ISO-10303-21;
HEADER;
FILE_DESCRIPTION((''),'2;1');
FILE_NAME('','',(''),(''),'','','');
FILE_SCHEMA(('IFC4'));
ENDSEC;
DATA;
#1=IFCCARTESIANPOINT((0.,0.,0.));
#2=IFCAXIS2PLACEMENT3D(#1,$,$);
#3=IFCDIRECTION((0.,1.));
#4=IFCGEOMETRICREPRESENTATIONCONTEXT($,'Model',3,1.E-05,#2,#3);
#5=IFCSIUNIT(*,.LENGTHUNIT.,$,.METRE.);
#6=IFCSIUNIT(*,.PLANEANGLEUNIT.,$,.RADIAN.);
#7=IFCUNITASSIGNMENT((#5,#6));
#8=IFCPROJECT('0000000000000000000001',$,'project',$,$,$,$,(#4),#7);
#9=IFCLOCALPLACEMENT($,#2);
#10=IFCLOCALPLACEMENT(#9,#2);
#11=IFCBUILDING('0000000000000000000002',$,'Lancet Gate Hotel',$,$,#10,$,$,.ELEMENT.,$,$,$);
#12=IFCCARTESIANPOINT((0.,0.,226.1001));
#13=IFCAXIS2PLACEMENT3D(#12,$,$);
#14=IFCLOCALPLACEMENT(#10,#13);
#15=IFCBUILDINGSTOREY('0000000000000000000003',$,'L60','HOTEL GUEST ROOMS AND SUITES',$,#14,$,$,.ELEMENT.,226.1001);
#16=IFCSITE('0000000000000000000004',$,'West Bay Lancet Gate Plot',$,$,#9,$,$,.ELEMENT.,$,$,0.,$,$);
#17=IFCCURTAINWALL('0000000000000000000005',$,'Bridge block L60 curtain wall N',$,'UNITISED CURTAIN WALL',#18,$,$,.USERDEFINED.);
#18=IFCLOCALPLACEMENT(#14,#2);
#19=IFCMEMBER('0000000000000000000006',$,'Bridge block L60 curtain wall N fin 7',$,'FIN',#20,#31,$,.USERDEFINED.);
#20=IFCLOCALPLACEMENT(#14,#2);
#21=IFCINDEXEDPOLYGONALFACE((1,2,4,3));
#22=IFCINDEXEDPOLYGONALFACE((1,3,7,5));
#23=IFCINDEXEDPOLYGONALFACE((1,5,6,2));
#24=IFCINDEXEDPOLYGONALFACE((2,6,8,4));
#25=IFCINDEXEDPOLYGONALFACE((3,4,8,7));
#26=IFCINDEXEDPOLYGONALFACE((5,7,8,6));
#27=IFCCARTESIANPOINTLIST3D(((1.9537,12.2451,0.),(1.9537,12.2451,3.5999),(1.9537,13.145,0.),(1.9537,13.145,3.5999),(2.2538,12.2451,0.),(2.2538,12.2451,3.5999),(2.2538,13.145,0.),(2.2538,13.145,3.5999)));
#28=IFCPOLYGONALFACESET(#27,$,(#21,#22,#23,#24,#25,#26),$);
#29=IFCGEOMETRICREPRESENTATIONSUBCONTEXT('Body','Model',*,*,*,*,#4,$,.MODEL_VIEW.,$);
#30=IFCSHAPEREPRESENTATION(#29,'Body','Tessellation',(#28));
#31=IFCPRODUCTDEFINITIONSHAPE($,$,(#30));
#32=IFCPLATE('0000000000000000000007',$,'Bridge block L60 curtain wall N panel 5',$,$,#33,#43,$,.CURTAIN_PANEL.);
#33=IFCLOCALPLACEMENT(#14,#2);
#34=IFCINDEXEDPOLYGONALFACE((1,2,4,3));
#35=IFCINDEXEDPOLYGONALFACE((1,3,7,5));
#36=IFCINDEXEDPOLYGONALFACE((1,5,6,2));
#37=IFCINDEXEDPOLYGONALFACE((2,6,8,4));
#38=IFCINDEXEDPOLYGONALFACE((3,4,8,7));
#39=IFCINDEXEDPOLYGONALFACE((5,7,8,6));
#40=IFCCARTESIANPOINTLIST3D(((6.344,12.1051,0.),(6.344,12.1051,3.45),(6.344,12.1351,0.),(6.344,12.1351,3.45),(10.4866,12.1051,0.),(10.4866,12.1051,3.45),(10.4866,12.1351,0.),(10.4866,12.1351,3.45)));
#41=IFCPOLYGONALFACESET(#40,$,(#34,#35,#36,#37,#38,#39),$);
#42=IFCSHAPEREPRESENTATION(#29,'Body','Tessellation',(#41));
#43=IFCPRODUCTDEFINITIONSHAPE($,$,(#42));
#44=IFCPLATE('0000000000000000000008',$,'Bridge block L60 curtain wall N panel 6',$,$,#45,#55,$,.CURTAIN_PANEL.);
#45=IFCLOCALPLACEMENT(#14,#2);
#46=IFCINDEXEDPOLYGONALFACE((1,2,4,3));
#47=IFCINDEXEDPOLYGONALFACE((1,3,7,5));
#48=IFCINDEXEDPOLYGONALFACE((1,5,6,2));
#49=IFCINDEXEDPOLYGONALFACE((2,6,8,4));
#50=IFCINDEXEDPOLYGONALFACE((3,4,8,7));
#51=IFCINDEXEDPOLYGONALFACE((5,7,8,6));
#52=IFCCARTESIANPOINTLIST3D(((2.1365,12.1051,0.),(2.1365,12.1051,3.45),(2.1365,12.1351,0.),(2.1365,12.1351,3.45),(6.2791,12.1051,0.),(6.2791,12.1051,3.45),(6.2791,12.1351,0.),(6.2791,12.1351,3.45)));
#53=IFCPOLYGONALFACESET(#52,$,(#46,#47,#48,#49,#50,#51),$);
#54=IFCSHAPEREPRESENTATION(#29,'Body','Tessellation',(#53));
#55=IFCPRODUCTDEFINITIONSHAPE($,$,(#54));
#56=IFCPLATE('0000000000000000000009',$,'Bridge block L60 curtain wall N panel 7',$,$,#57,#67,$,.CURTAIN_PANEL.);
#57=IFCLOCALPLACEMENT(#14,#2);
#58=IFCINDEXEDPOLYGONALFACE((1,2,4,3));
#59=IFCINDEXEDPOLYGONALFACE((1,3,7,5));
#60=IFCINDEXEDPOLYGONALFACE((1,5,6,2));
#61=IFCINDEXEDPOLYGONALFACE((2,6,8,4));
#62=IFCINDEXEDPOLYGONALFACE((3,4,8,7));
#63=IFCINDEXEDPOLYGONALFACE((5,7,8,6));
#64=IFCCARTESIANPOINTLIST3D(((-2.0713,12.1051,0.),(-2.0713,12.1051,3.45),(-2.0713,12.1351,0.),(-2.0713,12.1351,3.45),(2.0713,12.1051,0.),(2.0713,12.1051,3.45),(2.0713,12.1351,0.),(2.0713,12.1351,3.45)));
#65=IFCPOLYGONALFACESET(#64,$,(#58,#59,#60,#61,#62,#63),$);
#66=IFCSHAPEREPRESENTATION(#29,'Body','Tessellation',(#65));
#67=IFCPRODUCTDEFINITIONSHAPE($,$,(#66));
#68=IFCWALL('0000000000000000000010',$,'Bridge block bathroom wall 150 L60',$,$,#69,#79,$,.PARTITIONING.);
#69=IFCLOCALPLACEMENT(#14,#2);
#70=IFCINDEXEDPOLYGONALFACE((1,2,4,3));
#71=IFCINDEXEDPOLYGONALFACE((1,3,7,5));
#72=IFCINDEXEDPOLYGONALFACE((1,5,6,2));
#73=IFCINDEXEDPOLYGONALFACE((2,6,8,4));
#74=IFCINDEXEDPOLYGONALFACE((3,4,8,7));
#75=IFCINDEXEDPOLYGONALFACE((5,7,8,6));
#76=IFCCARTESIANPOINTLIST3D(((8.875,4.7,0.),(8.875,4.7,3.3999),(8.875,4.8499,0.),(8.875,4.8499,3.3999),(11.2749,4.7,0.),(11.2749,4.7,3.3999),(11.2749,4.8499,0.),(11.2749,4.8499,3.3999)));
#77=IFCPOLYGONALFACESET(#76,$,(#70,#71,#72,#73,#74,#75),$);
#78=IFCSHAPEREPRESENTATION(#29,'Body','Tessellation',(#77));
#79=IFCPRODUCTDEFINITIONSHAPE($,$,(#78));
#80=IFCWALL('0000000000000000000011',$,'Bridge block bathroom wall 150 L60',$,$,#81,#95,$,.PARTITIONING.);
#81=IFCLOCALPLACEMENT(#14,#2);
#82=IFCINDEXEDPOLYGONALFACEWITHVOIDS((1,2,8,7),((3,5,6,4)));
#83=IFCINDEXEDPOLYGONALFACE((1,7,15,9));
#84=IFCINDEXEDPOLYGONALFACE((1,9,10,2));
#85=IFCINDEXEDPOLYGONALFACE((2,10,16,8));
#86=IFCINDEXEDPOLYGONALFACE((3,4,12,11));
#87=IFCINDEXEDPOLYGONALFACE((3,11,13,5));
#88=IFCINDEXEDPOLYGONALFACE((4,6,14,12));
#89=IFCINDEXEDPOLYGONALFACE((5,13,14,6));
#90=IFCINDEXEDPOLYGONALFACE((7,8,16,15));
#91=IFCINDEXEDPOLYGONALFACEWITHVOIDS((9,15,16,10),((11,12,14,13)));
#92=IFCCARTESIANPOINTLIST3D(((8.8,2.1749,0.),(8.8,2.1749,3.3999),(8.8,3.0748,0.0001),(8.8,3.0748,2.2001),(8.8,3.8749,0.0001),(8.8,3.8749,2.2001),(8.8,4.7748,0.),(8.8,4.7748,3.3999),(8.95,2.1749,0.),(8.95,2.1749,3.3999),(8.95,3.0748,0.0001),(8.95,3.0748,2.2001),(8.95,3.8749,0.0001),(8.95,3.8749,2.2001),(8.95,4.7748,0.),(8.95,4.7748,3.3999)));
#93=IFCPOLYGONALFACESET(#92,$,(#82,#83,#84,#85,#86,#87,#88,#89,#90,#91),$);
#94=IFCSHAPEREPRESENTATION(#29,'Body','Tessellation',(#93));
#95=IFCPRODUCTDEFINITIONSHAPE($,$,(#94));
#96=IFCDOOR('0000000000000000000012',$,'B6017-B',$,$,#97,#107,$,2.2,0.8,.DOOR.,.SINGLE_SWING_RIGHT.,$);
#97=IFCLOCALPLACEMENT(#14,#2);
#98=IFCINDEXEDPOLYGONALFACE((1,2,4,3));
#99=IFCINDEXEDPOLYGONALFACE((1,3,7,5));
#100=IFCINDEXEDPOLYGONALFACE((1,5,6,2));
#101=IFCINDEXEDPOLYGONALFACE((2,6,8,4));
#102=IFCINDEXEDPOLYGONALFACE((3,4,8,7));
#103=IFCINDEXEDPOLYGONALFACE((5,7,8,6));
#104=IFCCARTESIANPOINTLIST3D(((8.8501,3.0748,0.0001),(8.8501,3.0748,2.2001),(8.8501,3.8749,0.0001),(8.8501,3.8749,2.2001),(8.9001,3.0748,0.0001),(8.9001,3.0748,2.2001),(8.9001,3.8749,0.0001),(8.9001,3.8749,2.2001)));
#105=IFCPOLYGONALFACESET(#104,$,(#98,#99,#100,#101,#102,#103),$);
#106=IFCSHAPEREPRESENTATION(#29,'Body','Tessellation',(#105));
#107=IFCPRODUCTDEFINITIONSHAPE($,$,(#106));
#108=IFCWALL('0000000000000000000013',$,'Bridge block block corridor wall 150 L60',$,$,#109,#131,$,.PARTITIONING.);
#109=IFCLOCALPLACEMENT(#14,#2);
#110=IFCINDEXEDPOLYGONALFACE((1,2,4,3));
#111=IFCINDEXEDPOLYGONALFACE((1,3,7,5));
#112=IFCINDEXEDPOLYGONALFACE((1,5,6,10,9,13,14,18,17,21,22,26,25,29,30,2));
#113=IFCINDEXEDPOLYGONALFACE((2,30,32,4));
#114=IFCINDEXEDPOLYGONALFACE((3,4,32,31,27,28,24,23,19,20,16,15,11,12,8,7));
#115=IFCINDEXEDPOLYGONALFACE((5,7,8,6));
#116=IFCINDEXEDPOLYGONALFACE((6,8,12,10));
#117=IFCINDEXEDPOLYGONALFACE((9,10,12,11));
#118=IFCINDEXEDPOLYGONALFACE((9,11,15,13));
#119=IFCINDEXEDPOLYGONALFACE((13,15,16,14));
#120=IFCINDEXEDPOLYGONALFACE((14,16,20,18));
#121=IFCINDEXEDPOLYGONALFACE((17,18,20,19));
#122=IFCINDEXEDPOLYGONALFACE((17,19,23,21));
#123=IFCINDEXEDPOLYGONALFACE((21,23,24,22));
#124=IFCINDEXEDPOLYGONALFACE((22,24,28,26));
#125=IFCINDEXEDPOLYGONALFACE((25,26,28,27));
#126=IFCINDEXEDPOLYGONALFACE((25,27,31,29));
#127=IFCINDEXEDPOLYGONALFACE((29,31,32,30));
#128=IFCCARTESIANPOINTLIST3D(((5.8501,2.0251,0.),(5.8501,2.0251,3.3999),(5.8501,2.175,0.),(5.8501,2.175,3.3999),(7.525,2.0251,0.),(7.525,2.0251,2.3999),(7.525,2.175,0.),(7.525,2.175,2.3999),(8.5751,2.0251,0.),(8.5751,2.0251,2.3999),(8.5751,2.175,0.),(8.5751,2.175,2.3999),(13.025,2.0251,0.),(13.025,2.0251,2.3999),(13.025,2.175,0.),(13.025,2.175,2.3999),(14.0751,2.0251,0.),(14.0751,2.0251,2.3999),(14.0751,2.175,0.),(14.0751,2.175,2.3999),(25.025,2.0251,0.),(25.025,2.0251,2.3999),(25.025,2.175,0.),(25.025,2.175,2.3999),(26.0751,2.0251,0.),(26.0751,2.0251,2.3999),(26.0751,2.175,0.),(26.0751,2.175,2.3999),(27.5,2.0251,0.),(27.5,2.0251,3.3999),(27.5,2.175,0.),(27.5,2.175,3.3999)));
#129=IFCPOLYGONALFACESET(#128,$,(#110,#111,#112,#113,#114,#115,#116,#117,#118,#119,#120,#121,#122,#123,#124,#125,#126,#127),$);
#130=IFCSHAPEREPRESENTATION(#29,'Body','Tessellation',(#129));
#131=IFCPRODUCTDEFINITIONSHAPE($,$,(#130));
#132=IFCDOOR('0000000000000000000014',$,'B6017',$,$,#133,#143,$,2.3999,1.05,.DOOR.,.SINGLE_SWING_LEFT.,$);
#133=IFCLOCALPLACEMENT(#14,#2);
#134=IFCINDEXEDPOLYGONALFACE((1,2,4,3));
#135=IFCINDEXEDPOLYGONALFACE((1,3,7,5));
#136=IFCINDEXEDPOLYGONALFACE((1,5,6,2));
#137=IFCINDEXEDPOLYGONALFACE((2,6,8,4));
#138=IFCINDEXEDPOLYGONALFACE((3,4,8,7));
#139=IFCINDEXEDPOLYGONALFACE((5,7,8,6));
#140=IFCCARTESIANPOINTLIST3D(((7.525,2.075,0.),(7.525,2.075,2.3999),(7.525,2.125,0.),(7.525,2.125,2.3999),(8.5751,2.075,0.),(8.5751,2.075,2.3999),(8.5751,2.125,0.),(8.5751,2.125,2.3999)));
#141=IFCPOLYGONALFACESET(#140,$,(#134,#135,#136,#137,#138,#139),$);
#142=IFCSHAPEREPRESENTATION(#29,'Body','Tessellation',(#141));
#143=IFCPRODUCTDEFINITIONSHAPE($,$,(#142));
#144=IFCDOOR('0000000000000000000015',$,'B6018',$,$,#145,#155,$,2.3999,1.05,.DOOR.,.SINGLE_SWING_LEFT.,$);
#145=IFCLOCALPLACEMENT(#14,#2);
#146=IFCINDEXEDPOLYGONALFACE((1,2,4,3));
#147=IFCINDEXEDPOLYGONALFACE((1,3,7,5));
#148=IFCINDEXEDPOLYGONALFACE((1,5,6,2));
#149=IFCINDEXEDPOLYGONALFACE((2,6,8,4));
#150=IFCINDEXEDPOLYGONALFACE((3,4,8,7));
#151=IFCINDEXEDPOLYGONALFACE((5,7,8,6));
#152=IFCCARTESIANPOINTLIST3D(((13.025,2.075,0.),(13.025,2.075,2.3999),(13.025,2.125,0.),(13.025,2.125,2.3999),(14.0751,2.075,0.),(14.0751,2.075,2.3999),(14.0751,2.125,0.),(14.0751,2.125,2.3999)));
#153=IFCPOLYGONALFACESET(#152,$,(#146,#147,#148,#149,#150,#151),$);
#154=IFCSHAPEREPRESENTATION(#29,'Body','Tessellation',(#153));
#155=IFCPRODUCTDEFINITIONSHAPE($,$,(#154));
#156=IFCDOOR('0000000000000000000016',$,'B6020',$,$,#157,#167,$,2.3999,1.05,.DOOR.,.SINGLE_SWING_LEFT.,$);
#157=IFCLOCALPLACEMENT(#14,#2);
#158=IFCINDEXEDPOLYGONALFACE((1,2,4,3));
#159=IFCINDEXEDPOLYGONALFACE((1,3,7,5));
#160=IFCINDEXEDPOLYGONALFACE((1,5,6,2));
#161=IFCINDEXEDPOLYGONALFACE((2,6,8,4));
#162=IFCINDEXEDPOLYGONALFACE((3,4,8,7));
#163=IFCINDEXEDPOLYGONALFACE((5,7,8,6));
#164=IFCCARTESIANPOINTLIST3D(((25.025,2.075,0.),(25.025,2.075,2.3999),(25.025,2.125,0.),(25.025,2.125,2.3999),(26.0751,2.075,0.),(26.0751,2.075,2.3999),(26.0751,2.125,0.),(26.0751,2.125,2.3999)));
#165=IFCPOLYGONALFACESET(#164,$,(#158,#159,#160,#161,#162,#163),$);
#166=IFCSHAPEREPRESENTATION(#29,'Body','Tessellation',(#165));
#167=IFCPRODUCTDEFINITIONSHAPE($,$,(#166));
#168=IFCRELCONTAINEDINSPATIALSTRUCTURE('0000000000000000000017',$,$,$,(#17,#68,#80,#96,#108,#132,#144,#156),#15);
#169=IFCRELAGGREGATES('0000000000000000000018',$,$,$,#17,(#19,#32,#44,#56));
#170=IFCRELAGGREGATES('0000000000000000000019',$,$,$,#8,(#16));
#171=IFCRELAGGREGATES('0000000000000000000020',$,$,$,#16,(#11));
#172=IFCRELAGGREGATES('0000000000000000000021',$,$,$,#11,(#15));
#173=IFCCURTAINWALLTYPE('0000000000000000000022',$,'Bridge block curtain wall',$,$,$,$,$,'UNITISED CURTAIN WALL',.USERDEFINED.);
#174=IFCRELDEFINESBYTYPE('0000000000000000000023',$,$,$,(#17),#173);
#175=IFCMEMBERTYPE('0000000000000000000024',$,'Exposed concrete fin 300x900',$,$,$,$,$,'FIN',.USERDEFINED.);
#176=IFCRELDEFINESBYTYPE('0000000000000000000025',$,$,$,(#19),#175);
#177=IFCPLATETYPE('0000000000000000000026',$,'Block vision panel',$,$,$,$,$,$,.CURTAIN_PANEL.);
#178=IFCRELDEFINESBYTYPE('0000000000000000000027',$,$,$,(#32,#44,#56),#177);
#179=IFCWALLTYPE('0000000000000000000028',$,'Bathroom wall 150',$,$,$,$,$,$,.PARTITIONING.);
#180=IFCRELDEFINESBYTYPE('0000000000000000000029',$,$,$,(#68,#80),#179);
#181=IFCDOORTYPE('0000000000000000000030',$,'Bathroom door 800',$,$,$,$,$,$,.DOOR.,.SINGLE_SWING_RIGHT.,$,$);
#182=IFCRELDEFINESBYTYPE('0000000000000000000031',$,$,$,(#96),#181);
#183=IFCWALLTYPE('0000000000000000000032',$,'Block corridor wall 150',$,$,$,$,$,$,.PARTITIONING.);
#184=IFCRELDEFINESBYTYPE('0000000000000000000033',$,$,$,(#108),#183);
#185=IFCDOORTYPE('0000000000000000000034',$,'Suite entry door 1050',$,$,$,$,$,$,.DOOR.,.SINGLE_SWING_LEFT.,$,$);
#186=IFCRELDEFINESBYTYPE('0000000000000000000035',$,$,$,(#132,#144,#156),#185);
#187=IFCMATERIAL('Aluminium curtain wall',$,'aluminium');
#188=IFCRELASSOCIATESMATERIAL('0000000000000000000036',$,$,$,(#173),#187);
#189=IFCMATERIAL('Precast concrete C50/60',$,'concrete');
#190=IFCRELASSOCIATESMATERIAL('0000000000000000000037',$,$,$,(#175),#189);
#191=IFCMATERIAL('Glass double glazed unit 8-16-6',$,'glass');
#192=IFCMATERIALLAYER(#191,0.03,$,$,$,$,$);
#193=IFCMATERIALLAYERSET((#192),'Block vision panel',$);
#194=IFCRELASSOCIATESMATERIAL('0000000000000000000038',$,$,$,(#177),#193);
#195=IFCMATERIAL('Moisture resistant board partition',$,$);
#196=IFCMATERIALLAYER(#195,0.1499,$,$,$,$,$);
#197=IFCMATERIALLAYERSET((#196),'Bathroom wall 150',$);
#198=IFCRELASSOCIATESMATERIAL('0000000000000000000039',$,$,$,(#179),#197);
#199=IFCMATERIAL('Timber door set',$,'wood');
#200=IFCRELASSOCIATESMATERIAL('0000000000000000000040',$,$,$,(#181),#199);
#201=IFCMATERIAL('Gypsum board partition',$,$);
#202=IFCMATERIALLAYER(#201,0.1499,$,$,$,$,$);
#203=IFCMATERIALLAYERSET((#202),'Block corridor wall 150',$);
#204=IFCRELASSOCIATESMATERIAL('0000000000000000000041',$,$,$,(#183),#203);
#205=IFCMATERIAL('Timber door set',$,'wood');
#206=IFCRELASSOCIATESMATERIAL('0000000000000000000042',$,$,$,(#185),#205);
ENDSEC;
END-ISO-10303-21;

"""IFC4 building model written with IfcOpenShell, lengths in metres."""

from ifc_helpers import new_model, si_unit, direction, frame, frame_2d, origin, origin_2d, place, context, subcontext, project, spatial, rectangle, extrude, material, layer, layer_set, material_profile, profile_set, type_object, element, fill, aggregate, save


model = new_model("IFC4")

# Units and contexts
model_context = context("Model", 3, precision=1e-05, world=origin(), true_north=direction((0.0, 1.0)))
body_context = subcontext(model_context, "Body", "Model", "MODEL_VIEW")
ifc_project = project(units=[si_unit("LENGTHUNIT", "METRE"), si_unit("PLANEANGLEUNIT", "RADIAN")], contexts=[model_context])

# Site, building, storey
site_placement = place(None, origin())
site = spatial("IfcSite", under=ifc_project, at=site_placement, Name="West Bay Lancet Gate Plot", CompositionType="ELEMENT", RefElevation=0.0)
building_placement = place(site_placement, origin())
building = spatial("IfcBuilding", under=site, at=building_placement, Name="Lancet Gate Hotel", CompositionType="ELEMENT")
storey_placement = place(building_placement, frame((0.0, 0.0, 226.1001)))
storey = spatial("IfcBuildingStorey", under=building, at=storey_placement, Name="L60", Description="HOTEL GUEST ROOMS AND SUITES", CompositionType="ELEMENT", Elevation=226.1001)

# Curtain wall
ifc_material_1 = material(Name="Aluminium curtain wall", Category="aluminium")
curtain_wall_type = type_object("IfcCurtainWallType", Name="Bridge block curtain wall", ElementType="UNITISED CURTAIN WALL", PredefinedType="USERDEFINED", material=ifc_material_1)
curtain_wall_placement = place(storey_placement, origin())
curtain_wall = element("IfcCurtainWall", 1, at=curtain_wall_placement, inside=storey, type_object=curtain_wall_type, Name="Bridge block L60 curtain wall N", ObjectType="UNITISED CURTAIN WALL", PredefinedType="USERDEFINED")

# Member
ifc_material_2 = material(Name="Precast concrete C50/60", Category="concrete")
ifc_material_profile_1 = material_profile(ifc_material_2, rectangle(XDim=0.3, YDim=0.8999, at=origin_2d()), Name="FIN 300x900")
ifc_profile_set_1 = profile_set([ifc_material_profile_1], Name="Precast concrete C50/60")
member_type_1 = type_object("IfcMemberType", Name="Exposed concrete fin 300x900", ElementType="FIN", PredefinedType="USERDEFINED", material=ifc_profile_set_1)
member_1_placement = place(storey_placement, frame((2.1038, 12.6951, 0.0), z_axis=(0.0, 0.0, 1.0), x_axis=(-1.0, 0.0, 0.0)))
member_1 = element("IfcMember", 2, at=member_1_placement, type_object=member_type_1, Name="Bridge block L60 curtain wall N fin 7", ObjectType="FIN", PredefinedType="USERDEFINED", context=body_context, shape_type="SweptSolid", body=[
    extrude(rectangle(XDim=0.3, YDim=0.8999, at=origin_2d()), origin(), (0.0, 0.0, 1.0), 3.5999),
])

# Plates
ifc_material_3 = material(Name="Glass double glazed unit 8-16-6", Category="glass")
ifc_layer_1 = layer(ifc_material_3, 0.03)
ifc_layer_set_1 = layer_set([ifc_layer_1], Name="Block vision panel")
plate_type = type_object("IfcPlateType", Name="Block vision panel", PredefinedType="CURTAIN_PANEL", material=ifc_layer_set_1)
plate_1_placement = place(storey_placement, frame((8.4153, 12.1201, 0.0), z_axis=(0.0, 0.0, 1.0), x_axis=(-1.0, 0.0, 0.0)))
plate_1 = element("IfcPlate", 3, at=plate_1_placement, type_object=plate_type, Name="Bridge block L60 curtain wall N panel 5", PredefinedType="CURTAIN_PANEL", context=body_context, shape_type="SweptSolid", body=[
    extrude(rectangle(XDim=4.1426, YDim=0.03, at=origin_2d()), origin(), (0.0, 0.0, 1.0), 3.45),
])
plate_2_placement = place(storey_placement, frame((4.2078, 12.1201, 0.0), z_axis=(0.0, 0.0, 1.0), x_axis=(-1.0, 0.0, 0.0)))
plate_2 = element("IfcPlate", 4, at=plate_2_placement, type_object=plate_type, Name="Bridge block L60 curtain wall N panel 6", PredefinedType="CURTAIN_PANEL", context=body_context, shape_type="SweptSolid", body=[
    extrude(rectangle(XDim=4.1426, YDim=0.03, at=origin_2d()), origin(), (0.0, 0.0, 1.0), 3.45),
])
plate_3_placement = place(storey_placement, frame((0.0, 12.1201, 0.0), z_axis=(0.0, 0.0, 1.0), x_axis=(-1.0, 0.0, 0.0)))
plate_3 = element("IfcPlate", 5, at=plate_3_placement, type_object=plate_type, Name="Bridge block L60 curtain wall N panel 7", PredefinedType="CURTAIN_PANEL", context=body_context, shape_type="SweptSolid", body=[
    extrude(rectangle(XDim=4.1426, YDim=0.03, at=origin_2d()), origin(), (0.0, 0.0, 1.0), 3.45),
])
aggregate(curtain_wall, [member_1, plate_1, plate_2, plate_3])

# Wall
ifc_material_4 = material(Name="Moisture resistant board partition")
ifc_layer_2 = layer(ifc_material_4, 0.1499)
ifc_layer_set_2 = layer_set([ifc_layer_2], Name="Bathroom wall 150")
wall_type_1 = type_object("IfcWallType", Name="Bathroom wall 150", PredefinedType="PARTITIONING", material=ifc_layer_set_2)
wall_1_placement = place(storey_placement, frame((8.875, 4.7749, 0.0), z_axis=(0.0, 0.0, 1.0), x_axis=(1.0, 0.0, 0.0)))
element("IfcWall", 6, at=wall_1_placement, inside=storey, type_object=wall_type_1, Name="Bridge block bathroom wall 150 L60", PredefinedType="PARTITIONING", context=body_context, shape_type="SweptSolid", body=[
    extrude(rectangle(XDim=2.3999, YDim=0.1499, at=frame_2d((1.2, 0.0))), origin(), (0.0, 0.0, 1.0), 3.3999),
])

# Wall, opening, door
wall_2_placement = place(storey_placement, frame((8.875, 2.175, 0.0), z_axis=(0.0, 0.0, 1.0), x_axis=(0.0, 1.0, 0.0)))
wall_2 = element("IfcWall", 7, at=wall_2_placement, inside=storey, type_object=wall_type_1, Name="Bridge block bathroom wall 150 L60", PredefinedType="PARTITIONING", context=body_context, shape_type="SweptSolid", body=[
    extrude(rectangle(XDim=2.5999, YDim=0.1499, at=frame_2d((1.2998, 0.0))), origin(), (0.0, 0.0, 1.0), 3.3999),
])
opening_1_placement = place(wall_2_placement, frame((0.8999, 0.0, 0.0)))
opening_1 = element("IfcOpeningElement", 8, at=opening_1_placement, cuts=wall_2, PredefinedType="OPENING", context=body_context, shape_type="SweptSolid", body=[
    extrude(rectangle(XDim=0.8, YDim=2.2, at=frame_2d((0.3999, 1.1001))), frame((0.0, 0.085, 0.0), z_axis=(0.0, -1.0, 0.0), x_axis=(1.0, 0.0, 0.0)), (0.0, 0.0, 1.0), 0.1699),
])
ifc_material_5 = material(Name="Timber door set", Category="wood")
door_type_1 = type_object("IfcDoorType", Name="Bathroom door 800", OperationType="SINGLE_SWING_RIGHT", PredefinedType="DOOR", material=ifc_material_5)
door_1_placement = place(opening_1_placement, origin())
door_1 = element("IfcDoor", 9, at=door_1_placement, inside=storey, type_object=door_type_1, Name="B6017-B", OperationType="SINGLE_SWING_RIGHT", OverallHeight=2.2, OverallWidth=0.8, PredefinedType="DOOR", context=body_context, shape_type="SweptSolid", body=[
    extrude(rectangle(XDim=0.8, YDim=2.2, at=frame_2d((0.3999, 1.1001))), frame((0.0, 0.0249, 0.0), z_axis=(0.0, -1.0, 0.0), x_axis=(1.0, 0.0, 0.0)), (0.0, 0.0, 1.0), 0.05),
])
fill(opening_1, door_1)

# Wall, openings, doors
ifc_material_6 = material(Name="Gypsum board partition")
ifc_layer_3 = layer(ifc_material_6, 0.1499)
ifc_layer_set_3 = layer_set([ifc_layer_3], Name="Block corridor wall 150")
wall_type_2 = type_object("IfcWallType", Name="Block corridor wall 150", PredefinedType="PARTITIONING", material=ifc_layer_set_3)
wall_3_placement = place(storey_placement, frame((5.8501, 2.1001, 0.0), z_axis=(0.0, 0.0, 1.0), x_axis=(1.0, 0.0, 0.0)))
wall_3 = element("IfcWall", 10, at=wall_3_placement, inside=storey, type_object=wall_type_2, Name="Bridge block block corridor wall 150 L60", PredefinedType="PARTITIONING", context=body_context, shape_type="SweptSolid", body=[
    extrude(rectangle(XDim=21.6499, YDim=0.1499, at=frame_2d((10.825, 0.0))), origin(), (0.0, 0.0, 1.0), 3.3999),
])
opening_2_placement = place(wall_3_placement, frame((1.675, 0.0, 0.0)))
opening_2 = element("IfcOpeningElement", 11, at=opening_2_placement, cuts=wall_3, PredefinedType="OPENING", context=body_context, shape_type="SweptSolid", body=[
    extrude(rectangle(XDim=1.05, YDim=2.3999, at=frame_2d((0.5249, 1.2))), frame((0.0, 0.085, 0.0), z_axis=(0.0, -1.0, 0.0), x_axis=(1.0, 0.0, 0.0)), (0.0, 0.0, 1.0), 0.1699),
])
opening_3_placement = place(wall_3_placement, frame((7.175, 0.0, 0.0)))
opening_3 = element("IfcOpeningElement", 12, at=opening_3_placement, cuts=wall_3, PredefinedType="OPENING", context=body_context, shape_type="SweptSolid", body=[
    extrude(rectangle(XDim=1.05, YDim=2.3999, at=frame_2d((0.5249, 1.2))), frame((0.0, 0.085, 0.0), z_axis=(0.0, -1.0, 0.0), x_axis=(1.0, 0.0, 0.0)), (0.0, 0.0, 1.0), 0.1699),
])
opening_4_placement = place(wall_3_placement, frame((19.175, 0.0, 0.0)))
opening_4 = element("IfcOpeningElement", 13, at=opening_4_placement, cuts=wall_3, PredefinedType="OPENING", context=body_context, shape_type="SweptSolid", body=[
    extrude(rectangle(XDim=1.05, YDim=2.3999, at=frame_2d((0.5249, 1.2))), frame((0.0, 0.085, 0.0), z_axis=(0.0, -1.0, 0.0), x_axis=(1.0, 0.0, 0.0)), (0.0, 0.0, 1.0), 0.1699),
])
ifc_material_7 = material(Name="Timber door set", Category="wood")
door_type_2 = type_object("IfcDoorType", Name="Suite entry door 1050", OperationType="SINGLE_SWING_LEFT", PredefinedType="DOOR", material=ifc_material_7)
door_2_placement = place(opening_2_placement, origin())
door_2 = element("IfcDoor", 14, at=door_2_placement, inside=storey, type_object=door_type_2, Name="B6017", OperationType="SINGLE_SWING_LEFT", OverallHeight=2.3999, OverallWidth=1.05, PredefinedType="DOOR", context=body_context, shape_type="SweptSolid", body=[
    extrude(rectangle(XDim=1.05, YDim=2.3999, at=frame_2d((0.5249, 1.2))), frame((0.0, 0.0249, 0.0), z_axis=(0.0, -1.0, 0.0), x_axis=(1.0, 0.0, 0.0)), (0.0, 0.0, 1.0), 0.05),
])
fill(opening_2, door_2)
door_3_placement = place(opening_3_placement, origin())
door_3 = element("IfcDoor", 15, at=door_3_placement, inside=storey, type_object=door_type_2, Name="B6018", OperationType="SINGLE_SWING_LEFT", OverallHeight=2.3999, OverallWidth=1.05, PredefinedType="DOOR", context=body_context, shape_type="SweptSolid", body=[
    extrude(rectangle(XDim=1.05, YDim=2.3999, at=frame_2d((0.5249, 1.2))), frame((0.0, 0.0249, 0.0), z_axis=(0.0, -1.0, 0.0), x_axis=(1.0, 0.0, 0.0)), (0.0, 0.0, 1.0), 0.05),
])
fill(opening_3, door_3)
door_4_placement = place(opening_4_placement, origin())
door_4 = element("IfcDoor", 16, at=door_4_placement, inside=storey, type_object=door_type_2, Name="B6020", OperationType="SINGLE_SWING_LEFT", OverallHeight=2.3999, OverallWidth=1.05, PredefinedType="DOOR", context=body_context, shape_type="SweptSolid", body=[
    extrude(rectangle(XDim=1.05, YDim=2.3999, at=frame_2d((0.5249, 1.2))), frame((0.0, 0.0249, 0.0), z_axis=(0.0, -1.0, 0.0), x_axis=(1.0, 0.0, 0.0)), (0.0, 0.0, 1.0), 0.05),
])
fill(opening_4, door_4)

save(model, "model.ifc")
